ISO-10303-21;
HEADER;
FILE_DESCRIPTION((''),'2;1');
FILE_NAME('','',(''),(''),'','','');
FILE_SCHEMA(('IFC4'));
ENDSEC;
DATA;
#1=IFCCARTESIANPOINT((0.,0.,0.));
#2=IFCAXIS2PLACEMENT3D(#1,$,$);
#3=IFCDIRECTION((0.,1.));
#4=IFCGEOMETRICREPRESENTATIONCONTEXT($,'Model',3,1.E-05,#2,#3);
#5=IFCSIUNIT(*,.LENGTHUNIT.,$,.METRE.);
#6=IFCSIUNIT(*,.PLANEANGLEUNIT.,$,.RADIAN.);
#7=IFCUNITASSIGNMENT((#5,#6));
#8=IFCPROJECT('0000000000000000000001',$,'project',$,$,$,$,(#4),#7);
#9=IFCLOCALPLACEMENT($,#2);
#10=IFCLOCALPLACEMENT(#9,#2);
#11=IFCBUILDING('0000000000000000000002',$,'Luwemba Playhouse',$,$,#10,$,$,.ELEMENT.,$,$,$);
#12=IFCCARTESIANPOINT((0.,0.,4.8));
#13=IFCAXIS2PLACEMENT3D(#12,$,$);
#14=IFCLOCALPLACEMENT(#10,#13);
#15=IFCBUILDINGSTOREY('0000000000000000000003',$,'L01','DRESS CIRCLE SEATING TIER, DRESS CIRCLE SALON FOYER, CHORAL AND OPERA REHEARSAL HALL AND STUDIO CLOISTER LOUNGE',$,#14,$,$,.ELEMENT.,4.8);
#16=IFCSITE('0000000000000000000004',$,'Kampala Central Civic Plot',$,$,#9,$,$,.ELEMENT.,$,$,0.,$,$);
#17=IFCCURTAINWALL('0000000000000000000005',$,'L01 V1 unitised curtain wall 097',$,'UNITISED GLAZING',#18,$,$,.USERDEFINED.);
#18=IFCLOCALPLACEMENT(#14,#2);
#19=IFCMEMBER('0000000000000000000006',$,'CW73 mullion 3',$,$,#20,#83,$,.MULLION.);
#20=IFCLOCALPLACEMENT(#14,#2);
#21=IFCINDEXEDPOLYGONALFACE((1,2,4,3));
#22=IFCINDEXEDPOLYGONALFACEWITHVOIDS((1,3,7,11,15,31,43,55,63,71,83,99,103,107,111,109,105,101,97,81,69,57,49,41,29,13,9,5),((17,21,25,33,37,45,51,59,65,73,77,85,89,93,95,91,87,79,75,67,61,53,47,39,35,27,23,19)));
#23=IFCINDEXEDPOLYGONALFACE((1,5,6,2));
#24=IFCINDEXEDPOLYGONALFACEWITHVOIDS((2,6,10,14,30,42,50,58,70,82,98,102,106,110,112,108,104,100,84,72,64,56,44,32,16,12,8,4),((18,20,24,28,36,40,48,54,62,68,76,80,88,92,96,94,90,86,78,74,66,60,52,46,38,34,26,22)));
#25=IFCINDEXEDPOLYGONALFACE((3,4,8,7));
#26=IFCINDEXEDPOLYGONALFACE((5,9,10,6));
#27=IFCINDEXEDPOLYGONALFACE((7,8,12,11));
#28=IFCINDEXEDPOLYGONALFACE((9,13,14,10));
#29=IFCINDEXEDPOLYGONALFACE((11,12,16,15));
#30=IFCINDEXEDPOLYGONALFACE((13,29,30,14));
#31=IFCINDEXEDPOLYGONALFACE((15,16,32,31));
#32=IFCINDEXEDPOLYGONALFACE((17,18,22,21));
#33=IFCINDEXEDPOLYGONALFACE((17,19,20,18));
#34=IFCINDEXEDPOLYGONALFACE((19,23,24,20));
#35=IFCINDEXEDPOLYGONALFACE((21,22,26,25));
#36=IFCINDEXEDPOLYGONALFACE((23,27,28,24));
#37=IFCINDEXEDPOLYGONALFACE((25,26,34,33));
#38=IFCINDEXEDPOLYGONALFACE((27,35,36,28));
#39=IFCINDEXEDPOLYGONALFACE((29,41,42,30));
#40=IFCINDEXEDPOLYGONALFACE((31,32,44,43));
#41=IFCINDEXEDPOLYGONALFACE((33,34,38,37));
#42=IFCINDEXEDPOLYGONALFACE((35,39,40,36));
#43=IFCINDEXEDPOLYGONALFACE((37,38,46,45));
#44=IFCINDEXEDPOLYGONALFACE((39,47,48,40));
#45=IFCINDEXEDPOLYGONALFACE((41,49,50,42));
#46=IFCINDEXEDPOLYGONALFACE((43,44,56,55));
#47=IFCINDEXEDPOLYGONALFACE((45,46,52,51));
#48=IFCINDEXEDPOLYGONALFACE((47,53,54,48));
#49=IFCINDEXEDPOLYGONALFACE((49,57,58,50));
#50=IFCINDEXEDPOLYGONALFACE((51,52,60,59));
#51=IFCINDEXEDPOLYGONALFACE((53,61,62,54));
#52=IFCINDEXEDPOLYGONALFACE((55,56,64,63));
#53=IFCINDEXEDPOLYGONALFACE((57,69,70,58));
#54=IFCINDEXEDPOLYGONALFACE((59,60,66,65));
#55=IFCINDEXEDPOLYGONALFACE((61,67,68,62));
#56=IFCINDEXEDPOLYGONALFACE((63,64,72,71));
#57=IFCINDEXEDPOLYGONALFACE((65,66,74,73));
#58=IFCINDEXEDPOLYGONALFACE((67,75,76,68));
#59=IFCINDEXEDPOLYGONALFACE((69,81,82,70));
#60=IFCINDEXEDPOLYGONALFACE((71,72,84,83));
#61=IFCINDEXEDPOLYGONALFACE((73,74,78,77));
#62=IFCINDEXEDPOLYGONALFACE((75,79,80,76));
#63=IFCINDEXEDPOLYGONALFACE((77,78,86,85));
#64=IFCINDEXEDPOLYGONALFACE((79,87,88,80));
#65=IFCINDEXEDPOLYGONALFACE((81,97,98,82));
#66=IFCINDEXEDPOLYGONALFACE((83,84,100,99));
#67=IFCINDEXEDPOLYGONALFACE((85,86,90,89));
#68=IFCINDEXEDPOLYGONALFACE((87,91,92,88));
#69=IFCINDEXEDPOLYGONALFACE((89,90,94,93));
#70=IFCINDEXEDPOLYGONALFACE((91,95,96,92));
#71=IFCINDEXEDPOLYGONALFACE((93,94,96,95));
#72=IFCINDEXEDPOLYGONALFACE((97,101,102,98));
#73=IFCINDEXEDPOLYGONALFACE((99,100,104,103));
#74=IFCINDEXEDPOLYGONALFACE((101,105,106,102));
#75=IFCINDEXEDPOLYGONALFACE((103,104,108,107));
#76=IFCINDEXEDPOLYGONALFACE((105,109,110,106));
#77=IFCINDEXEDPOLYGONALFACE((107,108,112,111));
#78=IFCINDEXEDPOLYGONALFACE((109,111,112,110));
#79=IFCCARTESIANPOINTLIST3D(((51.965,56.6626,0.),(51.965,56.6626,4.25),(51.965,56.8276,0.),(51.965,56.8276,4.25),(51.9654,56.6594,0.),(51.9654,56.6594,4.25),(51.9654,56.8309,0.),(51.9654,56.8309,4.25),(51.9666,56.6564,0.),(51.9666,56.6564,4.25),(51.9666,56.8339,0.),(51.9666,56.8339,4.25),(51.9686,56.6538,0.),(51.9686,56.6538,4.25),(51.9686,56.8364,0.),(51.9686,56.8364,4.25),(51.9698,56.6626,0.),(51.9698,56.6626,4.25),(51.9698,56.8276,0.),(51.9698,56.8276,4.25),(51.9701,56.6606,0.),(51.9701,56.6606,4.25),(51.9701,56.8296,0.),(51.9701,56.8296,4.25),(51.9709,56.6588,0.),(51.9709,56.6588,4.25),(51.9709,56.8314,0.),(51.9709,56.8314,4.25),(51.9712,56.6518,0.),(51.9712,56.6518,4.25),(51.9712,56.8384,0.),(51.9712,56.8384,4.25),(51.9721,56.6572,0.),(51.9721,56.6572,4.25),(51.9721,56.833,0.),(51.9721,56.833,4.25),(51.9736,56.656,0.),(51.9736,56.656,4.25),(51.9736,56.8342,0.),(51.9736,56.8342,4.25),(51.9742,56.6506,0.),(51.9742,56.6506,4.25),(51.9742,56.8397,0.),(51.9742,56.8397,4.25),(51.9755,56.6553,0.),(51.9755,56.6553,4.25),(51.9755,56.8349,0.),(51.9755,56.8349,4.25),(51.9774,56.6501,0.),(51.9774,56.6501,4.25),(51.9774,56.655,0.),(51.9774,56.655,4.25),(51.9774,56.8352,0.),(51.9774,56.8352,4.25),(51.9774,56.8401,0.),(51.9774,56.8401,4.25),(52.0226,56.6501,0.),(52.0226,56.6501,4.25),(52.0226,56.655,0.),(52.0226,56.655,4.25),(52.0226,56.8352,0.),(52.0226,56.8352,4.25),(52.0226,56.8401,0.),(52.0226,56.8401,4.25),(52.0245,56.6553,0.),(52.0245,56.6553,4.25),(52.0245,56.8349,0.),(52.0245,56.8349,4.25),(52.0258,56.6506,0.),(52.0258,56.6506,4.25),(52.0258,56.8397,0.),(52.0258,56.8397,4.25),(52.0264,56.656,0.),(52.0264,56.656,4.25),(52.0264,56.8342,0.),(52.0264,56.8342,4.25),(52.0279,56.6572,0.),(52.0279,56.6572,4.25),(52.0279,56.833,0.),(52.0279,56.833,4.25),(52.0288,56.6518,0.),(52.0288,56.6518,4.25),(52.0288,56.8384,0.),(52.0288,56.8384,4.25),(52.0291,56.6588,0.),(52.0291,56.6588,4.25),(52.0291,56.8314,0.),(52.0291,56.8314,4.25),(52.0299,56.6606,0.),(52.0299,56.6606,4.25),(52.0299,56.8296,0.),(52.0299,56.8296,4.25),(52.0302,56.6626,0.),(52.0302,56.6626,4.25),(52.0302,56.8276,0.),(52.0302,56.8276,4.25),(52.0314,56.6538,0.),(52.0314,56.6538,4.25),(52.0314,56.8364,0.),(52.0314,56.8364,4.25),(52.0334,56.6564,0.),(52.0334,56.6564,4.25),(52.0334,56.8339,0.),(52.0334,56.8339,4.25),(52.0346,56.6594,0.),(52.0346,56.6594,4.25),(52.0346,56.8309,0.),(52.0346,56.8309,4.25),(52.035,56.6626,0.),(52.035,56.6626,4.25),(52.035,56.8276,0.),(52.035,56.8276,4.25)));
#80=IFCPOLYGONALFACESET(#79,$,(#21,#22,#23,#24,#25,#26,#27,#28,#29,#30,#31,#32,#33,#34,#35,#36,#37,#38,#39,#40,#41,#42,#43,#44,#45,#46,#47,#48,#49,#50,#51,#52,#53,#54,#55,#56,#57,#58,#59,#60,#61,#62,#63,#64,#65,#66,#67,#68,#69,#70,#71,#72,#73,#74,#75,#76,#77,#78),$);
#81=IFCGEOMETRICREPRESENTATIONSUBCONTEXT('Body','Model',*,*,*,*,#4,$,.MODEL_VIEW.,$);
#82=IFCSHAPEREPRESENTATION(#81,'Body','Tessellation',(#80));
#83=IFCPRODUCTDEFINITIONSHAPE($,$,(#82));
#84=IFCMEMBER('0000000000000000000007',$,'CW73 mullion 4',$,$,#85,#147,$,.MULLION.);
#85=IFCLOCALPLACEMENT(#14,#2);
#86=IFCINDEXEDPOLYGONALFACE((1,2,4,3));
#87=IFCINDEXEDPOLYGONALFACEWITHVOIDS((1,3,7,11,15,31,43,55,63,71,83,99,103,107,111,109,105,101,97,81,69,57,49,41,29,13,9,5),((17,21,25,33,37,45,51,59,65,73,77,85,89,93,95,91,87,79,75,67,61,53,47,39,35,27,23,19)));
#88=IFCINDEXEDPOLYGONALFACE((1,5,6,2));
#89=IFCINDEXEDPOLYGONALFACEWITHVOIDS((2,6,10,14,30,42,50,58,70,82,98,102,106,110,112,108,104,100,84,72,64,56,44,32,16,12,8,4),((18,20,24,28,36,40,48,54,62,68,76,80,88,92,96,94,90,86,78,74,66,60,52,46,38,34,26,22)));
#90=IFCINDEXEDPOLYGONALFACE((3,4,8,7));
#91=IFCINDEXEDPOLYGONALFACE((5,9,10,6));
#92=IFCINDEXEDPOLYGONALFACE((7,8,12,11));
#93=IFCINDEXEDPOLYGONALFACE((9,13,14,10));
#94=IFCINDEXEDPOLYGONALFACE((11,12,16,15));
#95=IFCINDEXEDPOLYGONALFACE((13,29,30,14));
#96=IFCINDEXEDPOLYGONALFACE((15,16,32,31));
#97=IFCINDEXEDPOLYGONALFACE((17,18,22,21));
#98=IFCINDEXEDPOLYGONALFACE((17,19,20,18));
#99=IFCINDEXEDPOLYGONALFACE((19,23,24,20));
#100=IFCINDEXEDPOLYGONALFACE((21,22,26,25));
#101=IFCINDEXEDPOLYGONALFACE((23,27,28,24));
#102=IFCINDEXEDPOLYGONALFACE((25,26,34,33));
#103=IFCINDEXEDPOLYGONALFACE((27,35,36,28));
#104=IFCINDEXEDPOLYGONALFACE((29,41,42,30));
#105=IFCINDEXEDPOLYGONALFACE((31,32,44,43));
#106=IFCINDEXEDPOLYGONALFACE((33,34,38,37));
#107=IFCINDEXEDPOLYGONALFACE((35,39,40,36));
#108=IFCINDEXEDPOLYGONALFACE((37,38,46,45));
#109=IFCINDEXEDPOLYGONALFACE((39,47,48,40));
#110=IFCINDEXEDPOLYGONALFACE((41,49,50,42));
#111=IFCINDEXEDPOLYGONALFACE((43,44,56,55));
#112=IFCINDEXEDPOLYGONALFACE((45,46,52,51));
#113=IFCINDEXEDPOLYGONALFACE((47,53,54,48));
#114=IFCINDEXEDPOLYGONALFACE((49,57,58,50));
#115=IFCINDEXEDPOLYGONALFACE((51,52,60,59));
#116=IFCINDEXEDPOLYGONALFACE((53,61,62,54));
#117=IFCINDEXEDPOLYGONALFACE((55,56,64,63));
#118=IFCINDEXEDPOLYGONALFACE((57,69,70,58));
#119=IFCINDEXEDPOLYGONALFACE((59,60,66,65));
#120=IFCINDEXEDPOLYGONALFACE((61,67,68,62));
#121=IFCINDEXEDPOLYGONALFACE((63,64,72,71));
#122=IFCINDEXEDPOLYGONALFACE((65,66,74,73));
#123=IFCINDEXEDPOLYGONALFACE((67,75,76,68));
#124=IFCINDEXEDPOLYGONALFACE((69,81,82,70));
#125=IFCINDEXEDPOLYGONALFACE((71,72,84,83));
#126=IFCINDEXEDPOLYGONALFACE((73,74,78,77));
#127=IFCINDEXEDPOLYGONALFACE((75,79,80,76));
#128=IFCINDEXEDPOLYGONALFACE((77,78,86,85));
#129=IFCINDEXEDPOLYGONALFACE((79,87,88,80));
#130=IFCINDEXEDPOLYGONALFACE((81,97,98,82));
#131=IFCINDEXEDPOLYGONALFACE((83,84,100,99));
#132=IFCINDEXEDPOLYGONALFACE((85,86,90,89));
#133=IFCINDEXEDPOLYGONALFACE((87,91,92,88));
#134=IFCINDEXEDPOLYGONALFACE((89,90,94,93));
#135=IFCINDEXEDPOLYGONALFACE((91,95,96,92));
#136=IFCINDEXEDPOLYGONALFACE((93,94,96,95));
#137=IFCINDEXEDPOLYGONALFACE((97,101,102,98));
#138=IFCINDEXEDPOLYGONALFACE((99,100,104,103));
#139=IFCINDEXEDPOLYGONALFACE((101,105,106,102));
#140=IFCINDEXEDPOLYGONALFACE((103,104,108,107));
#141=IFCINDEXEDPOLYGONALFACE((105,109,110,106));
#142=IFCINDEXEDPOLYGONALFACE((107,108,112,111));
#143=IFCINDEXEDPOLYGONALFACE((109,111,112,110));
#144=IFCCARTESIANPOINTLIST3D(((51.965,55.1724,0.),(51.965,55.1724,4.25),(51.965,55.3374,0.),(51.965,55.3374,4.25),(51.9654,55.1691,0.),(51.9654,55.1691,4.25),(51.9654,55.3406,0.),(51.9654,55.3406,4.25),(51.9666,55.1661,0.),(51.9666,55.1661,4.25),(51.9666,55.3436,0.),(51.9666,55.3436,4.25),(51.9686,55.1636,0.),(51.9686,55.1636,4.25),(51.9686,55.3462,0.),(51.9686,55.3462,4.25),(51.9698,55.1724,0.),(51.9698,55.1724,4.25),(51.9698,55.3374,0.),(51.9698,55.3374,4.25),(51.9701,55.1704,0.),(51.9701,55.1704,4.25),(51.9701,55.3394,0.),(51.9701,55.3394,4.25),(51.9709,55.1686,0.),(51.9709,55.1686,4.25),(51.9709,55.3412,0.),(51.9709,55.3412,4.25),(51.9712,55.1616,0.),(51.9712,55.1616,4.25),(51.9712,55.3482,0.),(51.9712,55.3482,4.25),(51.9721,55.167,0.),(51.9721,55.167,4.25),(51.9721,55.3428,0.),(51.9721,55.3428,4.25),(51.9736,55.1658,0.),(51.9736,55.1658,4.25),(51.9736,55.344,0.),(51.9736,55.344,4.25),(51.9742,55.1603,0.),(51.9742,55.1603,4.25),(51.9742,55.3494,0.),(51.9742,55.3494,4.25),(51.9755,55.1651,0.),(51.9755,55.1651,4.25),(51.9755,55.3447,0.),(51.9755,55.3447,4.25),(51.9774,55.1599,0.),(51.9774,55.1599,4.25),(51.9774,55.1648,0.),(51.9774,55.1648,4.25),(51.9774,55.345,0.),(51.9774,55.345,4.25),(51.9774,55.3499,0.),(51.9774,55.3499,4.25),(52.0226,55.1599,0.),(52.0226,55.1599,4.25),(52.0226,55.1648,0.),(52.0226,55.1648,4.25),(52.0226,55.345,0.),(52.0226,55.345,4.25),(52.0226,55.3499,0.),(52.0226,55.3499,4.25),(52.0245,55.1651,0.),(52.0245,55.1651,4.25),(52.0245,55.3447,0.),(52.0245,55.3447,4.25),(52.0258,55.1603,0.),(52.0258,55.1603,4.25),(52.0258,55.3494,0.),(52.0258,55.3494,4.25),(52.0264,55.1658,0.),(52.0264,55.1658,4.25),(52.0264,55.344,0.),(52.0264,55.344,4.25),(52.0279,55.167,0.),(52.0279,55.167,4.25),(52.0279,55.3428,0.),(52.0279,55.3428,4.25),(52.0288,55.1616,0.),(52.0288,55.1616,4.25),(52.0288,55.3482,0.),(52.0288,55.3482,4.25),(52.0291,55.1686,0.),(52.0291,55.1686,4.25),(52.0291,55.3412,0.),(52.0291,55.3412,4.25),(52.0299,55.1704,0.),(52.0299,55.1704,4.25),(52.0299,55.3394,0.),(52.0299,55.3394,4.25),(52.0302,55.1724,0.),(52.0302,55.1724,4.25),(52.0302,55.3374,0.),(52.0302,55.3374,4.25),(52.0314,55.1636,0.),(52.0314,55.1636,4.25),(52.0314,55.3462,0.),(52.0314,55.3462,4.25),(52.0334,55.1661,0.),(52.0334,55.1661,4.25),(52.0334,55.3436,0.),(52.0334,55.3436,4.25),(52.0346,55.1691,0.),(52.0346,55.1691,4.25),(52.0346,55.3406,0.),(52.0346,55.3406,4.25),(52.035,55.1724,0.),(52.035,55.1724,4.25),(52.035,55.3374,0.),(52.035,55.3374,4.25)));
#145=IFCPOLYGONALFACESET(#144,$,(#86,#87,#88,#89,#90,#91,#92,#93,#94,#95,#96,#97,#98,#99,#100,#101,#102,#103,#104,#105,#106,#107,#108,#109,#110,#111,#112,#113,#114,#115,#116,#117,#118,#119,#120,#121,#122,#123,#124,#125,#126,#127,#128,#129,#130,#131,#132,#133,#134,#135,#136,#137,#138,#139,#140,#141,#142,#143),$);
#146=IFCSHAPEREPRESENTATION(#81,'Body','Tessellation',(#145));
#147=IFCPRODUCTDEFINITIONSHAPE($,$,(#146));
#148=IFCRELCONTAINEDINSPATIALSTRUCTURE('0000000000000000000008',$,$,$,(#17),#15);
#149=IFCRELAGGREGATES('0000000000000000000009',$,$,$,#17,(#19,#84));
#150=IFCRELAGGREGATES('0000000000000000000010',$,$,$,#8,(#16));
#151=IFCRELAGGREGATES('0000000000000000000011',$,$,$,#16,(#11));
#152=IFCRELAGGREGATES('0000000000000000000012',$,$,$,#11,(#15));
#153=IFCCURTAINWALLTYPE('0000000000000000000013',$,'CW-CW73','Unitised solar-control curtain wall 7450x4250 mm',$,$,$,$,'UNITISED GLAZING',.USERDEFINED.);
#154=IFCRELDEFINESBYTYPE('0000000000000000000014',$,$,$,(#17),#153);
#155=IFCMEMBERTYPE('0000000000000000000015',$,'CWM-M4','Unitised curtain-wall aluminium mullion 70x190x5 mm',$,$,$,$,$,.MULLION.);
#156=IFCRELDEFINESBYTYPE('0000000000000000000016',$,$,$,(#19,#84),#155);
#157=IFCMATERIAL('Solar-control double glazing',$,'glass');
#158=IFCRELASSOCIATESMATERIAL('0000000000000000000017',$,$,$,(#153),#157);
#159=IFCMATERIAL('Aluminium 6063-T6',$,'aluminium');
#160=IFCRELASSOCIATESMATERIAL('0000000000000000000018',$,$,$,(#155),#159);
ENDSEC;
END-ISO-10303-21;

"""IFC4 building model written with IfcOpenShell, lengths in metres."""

from ifc_helpers import new_model, si_unit, direction, frame, origin, origin_2d, place, context, subcontext, project, spatial, hollow_rectangle, extrude, material, material_profile, profile_set, type_object, element, aggregate, save


model = new_model("IFC4")

# Units and contexts
model_context = context("Model", 3, precision=1e-05, world=origin(), true_north=direction((0.0, 1.0)))
body_context = subcontext(model_context, "Body", "Model", "MODEL_VIEW")
ifc_project = project(units=[si_unit("LENGTHUNIT", "METRE"), si_unit("PLANEANGLEUNIT", "RADIAN")], contexts=[model_context])

# Site, building, storey
site_placement = place(None, origin())
site = spatial("IfcSite", under=ifc_project, at=site_placement, Name="Kampala Central Civic Plot", CompositionType="ELEMENT", RefElevation=0.0)
building_placement = place(site_placement, origin())
building = spatial("IfcBuilding", under=site, at=building_placement, Name="Luwemba Playhouse", CompositionType="ELEMENT")
storey_placement = place(building_placement, frame((0.0, 0.0, 4.8)))
storey = spatial("IfcBuildingStorey", under=building, at=storey_placement, Name="L01", Description="DRESS CIRCLE SEATING TIER, DRESS CIRCLE SALON FOYER, CHORAL AND OPERA REHEARSAL HALL AND STUDIO CLOISTER LOUNGE", CompositionType="ELEMENT", Elevation=4.8)

# Curtain wall, members
ifc_material_1 = material(Name="Solar-control double glazing", Category="glass")
curtain_wall_type = type_object("IfcCurtainWallType", Name="CW-CW73", Description="Unitised solar-control curtain wall 7450x4250 mm", ElementType="UNITISED GLAZING", PredefinedType="USERDEFINED", material=ifc_material_1)
curtain_wall_placement = place(storey_placement, origin())
curtain_wall = element("IfcCurtainWall", 1, at=curtain_wall_placement, inside=storey, type_object=curtain_wall_type, Name="L01 V1 unitised curtain wall 097", ObjectType="UNITISED GLAZING", PredefinedType="USERDEFINED")
ifc_material_2 = material(Name="Aluminium 6063-T6", Category="aluminium")
ifc_material_profile_1 = material_profile(ifc_material_2, hollow_rectangle(XDim=0.0701, YDim=0.1899, WallThickness=0.0049, InnerFilletRadius=0.0076, OuterFilletRadius=0.0125, at=origin_2d()))
ifc_profile_set_1 = profile_set([ifc_material_profile_1], Name="Aluminium 6063-T6")
member_type_1 = type_object("IfcMemberType", Name="CWM-M4", Description="Unitised curtain-wall aluminium mullion 70x190x5 mm", PredefinedType="MULLION", material=ifc_profile_set_1)
member_1_placement = place(storey_placement, frame((52.0, 56.7451, 0.0), z_axis=(0.0, 0.0, 1.0), x_axis=(1.0, 0.0, 0.0)))
member_1 = element("IfcMember", 2, at=member_1_placement, type_object=member_type_1, Name="CW73 mullion 3", PredefinedType="MULLION", context=body_context, shape_type="SweptSolid", body=[
    extrude(hollow_rectangle(XDim=0.0701, YDim=0.1899, WallThickness=0.0049, InnerFilletRadius=0.0076, OuterFilletRadius=0.0125, at=origin_2d()), origin(), (0.0, 0.0, 1.0), 4.25),
])
member_2_placement = place(storey_placement, frame((52.0, 55.2549, 0.0), z_axis=(0.0, 0.0, 1.0), x_axis=(1.0, 0.0, 0.0)))
member_2 = element("IfcMember", 3, at=member_2_placement, type_object=member_type_1, Name="CW73 mullion 4", PredefinedType="MULLION", context=body_context, shape_type="SweptSolid", body=[
    extrude(hollow_rectangle(XDim=0.0701, YDim=0.1899, WallThickness=0.0049, InnerFilletRadius=0.0076, OuterFilletRadius=0.0125, at=origin_2d()), origin(), (0.0, 0.0, 1.0), 4.25),
])
aggregate(curtain_wall, [member_1, member_2])

save(model, "model.ifc")
